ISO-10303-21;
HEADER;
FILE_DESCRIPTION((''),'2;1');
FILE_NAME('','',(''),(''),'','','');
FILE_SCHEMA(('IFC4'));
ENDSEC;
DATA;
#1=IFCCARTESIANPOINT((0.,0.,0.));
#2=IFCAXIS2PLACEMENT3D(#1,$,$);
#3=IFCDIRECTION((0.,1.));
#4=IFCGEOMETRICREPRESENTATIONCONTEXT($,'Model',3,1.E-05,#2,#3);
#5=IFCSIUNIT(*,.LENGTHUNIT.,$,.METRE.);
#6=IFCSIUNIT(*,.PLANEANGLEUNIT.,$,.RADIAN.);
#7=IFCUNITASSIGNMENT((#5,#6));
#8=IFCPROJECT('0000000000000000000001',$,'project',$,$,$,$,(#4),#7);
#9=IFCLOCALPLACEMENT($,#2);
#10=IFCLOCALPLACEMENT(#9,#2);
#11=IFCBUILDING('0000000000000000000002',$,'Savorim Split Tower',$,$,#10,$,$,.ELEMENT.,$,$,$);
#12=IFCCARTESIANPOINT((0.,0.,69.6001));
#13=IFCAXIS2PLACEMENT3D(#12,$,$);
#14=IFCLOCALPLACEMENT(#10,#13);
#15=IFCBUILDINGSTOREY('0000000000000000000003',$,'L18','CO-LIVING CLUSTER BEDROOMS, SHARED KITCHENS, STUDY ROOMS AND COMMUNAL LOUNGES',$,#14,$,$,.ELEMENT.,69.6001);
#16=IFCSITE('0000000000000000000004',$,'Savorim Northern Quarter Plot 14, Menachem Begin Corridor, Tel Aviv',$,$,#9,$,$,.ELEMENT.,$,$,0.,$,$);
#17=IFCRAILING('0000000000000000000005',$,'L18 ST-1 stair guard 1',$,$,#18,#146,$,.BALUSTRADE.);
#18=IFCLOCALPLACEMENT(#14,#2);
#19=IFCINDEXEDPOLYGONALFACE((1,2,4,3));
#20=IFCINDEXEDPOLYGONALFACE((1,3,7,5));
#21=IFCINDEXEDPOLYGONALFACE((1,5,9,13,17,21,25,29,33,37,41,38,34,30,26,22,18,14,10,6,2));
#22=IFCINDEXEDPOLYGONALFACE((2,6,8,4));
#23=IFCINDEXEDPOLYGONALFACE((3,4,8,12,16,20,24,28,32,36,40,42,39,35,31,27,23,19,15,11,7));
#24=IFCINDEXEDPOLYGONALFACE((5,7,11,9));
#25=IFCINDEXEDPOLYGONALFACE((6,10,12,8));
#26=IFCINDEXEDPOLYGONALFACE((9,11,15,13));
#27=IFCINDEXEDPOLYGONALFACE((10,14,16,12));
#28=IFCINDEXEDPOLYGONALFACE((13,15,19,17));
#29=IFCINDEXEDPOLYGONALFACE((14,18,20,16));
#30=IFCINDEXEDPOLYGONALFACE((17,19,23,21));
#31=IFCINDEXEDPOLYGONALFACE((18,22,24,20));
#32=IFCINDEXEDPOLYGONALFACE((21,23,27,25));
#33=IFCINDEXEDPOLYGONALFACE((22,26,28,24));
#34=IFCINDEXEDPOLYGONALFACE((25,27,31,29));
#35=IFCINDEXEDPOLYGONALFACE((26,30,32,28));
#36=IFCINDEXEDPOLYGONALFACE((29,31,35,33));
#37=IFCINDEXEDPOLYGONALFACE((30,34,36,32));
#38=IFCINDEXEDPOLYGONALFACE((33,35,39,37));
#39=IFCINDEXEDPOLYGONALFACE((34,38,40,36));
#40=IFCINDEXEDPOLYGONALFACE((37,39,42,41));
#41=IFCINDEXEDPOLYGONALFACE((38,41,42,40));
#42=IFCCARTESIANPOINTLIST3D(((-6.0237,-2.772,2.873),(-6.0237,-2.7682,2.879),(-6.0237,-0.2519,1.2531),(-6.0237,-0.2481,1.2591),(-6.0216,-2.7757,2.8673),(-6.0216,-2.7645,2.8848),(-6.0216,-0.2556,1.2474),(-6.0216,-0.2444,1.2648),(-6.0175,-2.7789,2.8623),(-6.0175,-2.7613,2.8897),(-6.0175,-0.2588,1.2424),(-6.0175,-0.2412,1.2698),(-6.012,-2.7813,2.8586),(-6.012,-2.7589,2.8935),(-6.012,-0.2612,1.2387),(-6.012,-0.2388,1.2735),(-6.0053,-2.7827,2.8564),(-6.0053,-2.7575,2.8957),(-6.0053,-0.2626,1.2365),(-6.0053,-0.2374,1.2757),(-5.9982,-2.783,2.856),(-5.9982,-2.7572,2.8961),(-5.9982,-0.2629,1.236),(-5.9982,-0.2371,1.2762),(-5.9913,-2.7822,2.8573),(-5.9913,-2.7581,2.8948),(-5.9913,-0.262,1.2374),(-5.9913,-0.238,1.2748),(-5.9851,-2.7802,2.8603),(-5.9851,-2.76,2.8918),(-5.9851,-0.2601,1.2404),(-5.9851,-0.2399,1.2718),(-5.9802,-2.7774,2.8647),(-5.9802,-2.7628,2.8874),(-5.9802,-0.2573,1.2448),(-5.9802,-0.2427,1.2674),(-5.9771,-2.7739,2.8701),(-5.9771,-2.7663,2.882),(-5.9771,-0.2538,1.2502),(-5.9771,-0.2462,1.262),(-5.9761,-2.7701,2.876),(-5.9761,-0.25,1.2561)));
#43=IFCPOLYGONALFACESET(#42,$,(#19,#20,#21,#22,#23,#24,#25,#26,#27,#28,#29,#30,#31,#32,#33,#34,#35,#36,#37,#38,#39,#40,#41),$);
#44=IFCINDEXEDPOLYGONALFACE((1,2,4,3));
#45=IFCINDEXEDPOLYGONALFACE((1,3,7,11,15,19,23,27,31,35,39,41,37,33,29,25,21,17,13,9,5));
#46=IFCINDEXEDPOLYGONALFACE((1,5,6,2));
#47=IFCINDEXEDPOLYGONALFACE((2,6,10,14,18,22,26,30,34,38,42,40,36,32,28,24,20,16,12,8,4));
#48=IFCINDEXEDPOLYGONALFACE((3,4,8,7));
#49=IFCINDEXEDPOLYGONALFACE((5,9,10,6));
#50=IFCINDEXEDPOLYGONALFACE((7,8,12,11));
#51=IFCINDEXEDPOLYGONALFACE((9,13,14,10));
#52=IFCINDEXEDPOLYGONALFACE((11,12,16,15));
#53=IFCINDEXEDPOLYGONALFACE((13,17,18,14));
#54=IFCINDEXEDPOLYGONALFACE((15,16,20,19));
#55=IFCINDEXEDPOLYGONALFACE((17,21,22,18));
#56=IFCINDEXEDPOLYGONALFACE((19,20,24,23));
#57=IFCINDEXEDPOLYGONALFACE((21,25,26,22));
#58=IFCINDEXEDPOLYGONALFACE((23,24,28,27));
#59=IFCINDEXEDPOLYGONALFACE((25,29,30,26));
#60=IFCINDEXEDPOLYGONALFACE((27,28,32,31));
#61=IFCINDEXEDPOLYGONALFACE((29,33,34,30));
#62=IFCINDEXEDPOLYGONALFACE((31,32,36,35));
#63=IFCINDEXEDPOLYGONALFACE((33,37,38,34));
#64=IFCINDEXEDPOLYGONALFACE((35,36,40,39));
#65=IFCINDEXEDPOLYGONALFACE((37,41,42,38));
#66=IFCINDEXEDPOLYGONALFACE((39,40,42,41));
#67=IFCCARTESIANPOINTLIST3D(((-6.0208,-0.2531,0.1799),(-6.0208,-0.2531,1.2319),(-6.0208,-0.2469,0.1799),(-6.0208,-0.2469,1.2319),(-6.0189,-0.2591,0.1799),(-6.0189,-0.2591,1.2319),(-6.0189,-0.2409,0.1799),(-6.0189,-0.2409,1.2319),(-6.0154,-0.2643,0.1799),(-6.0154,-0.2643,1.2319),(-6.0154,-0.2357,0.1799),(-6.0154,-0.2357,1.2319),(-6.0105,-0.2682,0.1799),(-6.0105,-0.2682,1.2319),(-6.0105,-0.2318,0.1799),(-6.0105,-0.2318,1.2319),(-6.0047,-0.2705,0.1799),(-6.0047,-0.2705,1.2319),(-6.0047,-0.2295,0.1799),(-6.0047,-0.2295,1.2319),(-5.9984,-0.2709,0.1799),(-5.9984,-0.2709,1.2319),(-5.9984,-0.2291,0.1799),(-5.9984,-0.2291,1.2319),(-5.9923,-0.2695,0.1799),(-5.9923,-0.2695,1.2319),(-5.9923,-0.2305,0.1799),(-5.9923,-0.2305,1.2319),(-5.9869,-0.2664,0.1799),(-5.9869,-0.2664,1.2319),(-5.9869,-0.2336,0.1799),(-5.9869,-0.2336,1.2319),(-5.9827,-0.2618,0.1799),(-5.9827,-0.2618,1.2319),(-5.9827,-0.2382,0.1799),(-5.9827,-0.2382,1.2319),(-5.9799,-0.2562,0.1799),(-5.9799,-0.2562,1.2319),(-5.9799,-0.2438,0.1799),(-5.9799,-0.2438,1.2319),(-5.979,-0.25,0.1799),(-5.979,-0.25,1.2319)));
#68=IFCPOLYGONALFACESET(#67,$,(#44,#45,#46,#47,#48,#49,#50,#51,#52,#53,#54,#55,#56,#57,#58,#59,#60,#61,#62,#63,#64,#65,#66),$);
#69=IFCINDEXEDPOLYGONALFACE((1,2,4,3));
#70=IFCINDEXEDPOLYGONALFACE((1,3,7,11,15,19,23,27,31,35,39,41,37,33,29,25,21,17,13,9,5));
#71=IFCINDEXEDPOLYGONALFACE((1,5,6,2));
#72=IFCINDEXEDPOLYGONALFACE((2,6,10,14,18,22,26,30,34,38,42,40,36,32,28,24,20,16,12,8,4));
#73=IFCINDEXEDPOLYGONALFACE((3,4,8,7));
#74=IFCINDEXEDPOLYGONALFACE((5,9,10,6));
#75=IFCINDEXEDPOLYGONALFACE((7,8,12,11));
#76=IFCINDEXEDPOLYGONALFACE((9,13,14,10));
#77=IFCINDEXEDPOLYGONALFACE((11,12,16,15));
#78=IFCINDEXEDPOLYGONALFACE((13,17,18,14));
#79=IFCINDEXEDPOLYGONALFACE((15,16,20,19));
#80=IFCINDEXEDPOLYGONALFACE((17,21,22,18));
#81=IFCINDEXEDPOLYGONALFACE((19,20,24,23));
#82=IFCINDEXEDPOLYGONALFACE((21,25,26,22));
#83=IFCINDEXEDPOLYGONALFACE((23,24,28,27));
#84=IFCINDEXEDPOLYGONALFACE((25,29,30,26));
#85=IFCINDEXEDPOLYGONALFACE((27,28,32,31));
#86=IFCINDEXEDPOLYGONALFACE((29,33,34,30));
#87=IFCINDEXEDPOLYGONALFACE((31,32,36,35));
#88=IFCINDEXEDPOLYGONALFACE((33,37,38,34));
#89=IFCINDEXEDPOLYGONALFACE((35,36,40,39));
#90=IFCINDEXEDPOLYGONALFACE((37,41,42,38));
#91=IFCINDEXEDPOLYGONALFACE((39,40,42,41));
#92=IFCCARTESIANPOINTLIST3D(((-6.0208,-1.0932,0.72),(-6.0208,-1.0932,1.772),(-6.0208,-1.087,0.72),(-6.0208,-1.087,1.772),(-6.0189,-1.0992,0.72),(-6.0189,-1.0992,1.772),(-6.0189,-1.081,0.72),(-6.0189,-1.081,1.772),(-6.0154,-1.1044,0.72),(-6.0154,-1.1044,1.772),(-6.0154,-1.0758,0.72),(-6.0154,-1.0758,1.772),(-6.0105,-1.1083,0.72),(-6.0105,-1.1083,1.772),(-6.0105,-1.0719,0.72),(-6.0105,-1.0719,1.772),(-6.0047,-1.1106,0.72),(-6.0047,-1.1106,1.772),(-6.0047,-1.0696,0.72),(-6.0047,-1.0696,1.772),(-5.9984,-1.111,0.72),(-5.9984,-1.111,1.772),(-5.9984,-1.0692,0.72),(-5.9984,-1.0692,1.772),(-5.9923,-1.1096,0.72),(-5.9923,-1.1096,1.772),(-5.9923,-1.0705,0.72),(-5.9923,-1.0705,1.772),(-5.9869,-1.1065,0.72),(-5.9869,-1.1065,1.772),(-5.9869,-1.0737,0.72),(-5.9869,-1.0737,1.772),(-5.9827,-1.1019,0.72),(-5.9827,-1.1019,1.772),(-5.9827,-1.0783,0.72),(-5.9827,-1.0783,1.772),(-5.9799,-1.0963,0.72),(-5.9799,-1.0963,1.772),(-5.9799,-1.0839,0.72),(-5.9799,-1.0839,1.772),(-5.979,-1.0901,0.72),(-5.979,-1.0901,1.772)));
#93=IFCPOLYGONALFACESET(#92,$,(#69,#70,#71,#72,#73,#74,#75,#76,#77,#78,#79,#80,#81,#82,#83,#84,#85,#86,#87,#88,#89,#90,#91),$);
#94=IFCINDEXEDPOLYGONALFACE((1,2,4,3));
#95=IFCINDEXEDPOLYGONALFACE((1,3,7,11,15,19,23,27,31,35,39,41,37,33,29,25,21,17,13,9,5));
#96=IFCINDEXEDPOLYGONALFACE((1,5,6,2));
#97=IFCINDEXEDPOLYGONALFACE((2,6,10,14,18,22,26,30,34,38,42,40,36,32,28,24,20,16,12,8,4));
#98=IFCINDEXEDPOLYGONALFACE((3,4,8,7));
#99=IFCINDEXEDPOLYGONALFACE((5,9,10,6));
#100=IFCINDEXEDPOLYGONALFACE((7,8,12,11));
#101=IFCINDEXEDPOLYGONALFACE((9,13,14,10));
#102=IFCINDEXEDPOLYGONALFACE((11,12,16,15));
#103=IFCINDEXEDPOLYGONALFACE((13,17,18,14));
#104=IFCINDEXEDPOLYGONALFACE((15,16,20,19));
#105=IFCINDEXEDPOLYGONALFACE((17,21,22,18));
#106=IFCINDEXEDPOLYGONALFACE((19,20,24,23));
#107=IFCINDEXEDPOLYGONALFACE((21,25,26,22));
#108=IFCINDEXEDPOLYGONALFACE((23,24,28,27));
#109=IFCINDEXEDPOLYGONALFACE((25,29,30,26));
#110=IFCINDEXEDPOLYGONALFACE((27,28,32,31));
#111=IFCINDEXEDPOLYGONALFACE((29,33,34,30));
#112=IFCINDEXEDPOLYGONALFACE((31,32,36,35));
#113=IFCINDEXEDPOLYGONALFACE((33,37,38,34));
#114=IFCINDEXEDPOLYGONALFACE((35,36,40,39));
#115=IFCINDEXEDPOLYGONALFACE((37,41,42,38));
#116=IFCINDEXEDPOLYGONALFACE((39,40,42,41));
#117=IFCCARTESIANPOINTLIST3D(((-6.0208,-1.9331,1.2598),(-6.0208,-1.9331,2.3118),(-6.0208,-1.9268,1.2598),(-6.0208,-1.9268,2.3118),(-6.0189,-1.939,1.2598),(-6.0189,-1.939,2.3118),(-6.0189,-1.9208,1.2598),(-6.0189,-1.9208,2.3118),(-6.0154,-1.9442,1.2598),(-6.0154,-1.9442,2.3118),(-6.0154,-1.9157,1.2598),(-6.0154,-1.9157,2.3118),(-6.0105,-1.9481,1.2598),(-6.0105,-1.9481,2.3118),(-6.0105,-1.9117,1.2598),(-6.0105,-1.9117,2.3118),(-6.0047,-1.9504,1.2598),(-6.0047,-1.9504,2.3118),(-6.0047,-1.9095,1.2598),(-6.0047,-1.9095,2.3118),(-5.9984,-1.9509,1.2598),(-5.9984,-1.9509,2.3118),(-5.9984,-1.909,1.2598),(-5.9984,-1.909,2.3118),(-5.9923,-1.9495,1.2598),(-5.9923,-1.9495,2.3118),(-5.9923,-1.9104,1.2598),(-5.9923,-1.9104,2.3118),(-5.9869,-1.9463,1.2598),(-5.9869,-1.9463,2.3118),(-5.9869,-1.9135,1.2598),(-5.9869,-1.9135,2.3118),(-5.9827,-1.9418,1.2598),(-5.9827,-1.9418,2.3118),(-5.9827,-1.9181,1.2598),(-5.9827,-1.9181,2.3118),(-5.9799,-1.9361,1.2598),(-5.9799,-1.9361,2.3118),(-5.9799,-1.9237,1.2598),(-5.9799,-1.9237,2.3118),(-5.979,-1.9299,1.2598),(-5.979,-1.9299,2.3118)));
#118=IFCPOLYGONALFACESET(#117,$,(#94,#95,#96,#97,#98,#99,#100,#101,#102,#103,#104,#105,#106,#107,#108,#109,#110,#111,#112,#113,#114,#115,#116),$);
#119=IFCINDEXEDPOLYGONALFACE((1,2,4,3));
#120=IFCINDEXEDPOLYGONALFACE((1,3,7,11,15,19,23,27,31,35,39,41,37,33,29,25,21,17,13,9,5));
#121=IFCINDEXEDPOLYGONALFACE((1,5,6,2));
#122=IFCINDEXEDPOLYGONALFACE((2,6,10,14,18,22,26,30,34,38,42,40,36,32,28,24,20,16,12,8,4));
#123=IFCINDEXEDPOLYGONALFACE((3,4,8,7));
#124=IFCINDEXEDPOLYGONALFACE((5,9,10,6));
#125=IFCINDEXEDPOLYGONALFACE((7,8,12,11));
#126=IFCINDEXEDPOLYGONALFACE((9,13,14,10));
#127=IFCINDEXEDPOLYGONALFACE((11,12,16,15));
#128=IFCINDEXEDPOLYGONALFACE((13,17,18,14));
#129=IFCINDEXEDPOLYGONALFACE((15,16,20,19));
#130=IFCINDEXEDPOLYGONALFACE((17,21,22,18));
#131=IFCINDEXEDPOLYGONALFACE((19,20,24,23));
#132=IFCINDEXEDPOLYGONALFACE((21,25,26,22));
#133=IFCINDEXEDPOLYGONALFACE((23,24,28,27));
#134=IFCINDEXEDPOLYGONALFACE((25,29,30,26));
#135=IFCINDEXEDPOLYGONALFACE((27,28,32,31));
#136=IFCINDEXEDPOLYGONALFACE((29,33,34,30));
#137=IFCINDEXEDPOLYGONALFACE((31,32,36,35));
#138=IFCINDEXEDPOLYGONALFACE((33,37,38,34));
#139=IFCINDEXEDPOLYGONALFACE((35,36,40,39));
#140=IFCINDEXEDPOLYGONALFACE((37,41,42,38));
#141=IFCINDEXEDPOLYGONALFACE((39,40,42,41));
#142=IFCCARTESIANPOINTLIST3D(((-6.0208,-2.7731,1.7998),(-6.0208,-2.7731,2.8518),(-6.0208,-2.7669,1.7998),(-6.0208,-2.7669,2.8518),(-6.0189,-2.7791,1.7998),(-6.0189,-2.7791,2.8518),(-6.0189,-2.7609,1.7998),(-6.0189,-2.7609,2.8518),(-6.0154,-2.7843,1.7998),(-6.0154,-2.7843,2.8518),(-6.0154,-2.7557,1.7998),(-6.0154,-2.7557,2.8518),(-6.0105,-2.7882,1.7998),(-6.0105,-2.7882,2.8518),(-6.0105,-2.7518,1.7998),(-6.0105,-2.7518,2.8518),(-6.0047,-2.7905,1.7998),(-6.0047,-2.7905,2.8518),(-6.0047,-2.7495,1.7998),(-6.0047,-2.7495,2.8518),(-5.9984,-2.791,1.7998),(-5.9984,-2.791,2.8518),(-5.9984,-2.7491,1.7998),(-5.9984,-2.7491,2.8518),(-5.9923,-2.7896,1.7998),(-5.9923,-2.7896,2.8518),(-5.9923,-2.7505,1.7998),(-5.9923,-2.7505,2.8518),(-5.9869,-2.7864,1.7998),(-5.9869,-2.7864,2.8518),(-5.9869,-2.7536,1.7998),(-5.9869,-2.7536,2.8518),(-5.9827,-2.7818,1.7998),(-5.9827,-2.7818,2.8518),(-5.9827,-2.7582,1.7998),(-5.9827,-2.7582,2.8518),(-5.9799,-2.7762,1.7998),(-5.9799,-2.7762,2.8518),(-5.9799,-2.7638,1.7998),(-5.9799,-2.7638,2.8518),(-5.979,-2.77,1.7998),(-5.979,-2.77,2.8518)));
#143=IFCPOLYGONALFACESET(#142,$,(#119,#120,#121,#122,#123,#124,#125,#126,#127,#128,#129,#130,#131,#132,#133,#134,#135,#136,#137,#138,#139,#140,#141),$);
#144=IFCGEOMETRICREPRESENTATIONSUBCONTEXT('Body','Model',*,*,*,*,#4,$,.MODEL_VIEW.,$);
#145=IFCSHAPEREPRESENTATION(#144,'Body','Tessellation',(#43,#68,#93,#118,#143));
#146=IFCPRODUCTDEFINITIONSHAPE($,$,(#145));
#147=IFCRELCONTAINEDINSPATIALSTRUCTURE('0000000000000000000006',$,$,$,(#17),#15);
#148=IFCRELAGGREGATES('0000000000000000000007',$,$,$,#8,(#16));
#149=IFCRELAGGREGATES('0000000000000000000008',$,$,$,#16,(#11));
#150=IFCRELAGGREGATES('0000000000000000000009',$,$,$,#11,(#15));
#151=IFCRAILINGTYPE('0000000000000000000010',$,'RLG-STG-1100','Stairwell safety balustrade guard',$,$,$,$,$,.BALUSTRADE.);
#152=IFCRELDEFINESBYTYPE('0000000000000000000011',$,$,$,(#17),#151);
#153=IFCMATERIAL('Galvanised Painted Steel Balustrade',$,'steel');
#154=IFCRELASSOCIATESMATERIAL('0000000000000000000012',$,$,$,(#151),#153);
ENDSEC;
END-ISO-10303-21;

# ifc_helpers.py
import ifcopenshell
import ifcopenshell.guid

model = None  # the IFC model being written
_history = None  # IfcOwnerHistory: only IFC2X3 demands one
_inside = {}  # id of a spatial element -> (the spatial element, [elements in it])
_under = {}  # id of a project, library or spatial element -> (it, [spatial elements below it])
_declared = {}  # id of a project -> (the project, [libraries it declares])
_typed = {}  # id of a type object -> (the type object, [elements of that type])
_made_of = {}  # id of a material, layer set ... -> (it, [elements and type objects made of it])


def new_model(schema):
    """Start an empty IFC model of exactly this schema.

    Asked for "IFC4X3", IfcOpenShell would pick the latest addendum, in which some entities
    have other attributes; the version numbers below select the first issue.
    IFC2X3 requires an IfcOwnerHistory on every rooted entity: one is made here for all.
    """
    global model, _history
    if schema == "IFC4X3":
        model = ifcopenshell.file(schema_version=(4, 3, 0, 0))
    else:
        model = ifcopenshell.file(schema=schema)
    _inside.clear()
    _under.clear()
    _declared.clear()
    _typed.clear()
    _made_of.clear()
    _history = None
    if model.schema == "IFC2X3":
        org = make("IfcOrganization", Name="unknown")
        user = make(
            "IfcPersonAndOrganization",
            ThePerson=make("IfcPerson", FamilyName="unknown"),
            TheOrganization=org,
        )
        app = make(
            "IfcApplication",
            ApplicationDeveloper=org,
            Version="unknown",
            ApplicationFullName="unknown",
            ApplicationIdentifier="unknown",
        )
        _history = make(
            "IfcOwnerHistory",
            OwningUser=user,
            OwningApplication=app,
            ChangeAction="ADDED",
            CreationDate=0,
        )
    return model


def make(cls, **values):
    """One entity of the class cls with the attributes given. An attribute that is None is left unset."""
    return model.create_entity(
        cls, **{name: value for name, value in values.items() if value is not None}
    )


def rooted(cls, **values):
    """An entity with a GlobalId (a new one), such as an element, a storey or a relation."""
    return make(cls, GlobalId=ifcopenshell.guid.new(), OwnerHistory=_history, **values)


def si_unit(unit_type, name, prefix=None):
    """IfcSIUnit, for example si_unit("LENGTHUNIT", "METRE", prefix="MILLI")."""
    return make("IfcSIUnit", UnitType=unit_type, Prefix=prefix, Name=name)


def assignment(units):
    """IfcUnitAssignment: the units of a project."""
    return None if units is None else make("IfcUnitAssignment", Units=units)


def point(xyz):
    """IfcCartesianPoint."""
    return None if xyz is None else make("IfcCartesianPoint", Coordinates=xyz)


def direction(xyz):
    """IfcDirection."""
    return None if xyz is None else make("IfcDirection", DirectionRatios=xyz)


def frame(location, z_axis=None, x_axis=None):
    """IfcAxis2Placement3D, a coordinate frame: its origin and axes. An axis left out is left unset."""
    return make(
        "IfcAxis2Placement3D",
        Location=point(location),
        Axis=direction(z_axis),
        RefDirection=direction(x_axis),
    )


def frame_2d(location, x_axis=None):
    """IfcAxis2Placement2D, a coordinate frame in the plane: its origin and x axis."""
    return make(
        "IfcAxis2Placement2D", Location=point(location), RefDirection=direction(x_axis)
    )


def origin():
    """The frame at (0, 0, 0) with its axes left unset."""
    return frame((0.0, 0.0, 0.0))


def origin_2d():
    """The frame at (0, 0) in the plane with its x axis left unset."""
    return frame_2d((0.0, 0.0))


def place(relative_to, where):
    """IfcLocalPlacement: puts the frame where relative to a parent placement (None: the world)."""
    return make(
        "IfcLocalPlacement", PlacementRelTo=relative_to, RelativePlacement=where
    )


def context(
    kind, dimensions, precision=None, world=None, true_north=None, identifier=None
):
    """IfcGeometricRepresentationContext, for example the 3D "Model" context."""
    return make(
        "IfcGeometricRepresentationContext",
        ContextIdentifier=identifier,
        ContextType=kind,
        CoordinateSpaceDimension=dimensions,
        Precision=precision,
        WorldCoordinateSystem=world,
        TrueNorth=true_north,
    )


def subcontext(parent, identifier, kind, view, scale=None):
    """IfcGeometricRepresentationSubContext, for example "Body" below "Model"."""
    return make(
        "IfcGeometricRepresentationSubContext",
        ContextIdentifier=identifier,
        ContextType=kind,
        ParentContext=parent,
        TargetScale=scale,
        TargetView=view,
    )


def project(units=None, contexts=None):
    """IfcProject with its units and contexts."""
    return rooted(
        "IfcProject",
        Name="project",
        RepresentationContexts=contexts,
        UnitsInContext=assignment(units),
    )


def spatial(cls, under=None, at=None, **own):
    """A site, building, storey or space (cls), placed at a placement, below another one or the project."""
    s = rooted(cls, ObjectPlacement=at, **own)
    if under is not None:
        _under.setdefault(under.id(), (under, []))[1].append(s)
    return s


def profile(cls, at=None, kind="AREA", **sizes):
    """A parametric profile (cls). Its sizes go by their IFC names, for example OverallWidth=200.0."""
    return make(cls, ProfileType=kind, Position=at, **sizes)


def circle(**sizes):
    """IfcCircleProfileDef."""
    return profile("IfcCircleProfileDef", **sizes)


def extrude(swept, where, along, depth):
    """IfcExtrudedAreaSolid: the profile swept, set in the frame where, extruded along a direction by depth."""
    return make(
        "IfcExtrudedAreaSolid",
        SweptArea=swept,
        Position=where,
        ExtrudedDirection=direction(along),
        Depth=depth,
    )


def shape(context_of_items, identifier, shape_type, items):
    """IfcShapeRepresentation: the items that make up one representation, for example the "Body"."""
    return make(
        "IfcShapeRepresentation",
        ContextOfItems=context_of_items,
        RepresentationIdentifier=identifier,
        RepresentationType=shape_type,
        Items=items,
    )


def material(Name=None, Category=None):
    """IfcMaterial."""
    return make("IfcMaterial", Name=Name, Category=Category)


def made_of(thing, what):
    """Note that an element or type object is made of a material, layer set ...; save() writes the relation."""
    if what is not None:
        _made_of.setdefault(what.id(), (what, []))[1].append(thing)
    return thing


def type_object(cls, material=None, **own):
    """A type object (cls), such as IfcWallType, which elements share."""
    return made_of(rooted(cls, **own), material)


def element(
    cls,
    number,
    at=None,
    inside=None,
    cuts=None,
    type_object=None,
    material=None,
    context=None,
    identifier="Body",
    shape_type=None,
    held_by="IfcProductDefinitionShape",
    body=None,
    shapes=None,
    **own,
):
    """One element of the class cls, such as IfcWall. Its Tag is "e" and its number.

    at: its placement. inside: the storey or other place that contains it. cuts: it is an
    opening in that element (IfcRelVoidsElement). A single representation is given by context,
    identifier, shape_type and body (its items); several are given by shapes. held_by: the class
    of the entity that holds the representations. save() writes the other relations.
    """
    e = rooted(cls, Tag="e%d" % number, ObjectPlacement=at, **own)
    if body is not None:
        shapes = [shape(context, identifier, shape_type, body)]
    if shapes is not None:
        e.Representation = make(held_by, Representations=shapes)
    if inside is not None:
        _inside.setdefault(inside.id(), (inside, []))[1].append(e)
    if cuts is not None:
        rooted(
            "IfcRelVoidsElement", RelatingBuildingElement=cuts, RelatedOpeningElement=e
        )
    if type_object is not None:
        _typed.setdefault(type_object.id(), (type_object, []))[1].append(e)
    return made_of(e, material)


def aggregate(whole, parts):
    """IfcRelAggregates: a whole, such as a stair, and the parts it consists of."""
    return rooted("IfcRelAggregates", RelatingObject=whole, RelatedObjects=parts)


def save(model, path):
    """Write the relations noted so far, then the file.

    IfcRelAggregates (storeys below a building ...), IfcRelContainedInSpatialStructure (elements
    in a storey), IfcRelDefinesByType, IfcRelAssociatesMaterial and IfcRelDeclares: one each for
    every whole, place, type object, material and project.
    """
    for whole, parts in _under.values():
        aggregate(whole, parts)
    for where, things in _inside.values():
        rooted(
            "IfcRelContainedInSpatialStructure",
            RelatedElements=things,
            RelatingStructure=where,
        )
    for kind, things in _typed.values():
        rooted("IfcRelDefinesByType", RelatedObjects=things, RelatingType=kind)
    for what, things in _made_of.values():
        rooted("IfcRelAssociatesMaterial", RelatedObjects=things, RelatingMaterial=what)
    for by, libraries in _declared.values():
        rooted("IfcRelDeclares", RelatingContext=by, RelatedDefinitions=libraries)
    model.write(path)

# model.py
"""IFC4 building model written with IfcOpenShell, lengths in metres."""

from ifc_helpers import new_model, si_unit, direction, frame, origin, origin_2d, place, context, subcontext, project, spatial, circle, extrude, material, type_object, element, save


model = new_model("IFC4")

# Units and contexts
model_context = context("Model", 3, precision=1e-05, world=origin(), true_north=direction((0.0, 1.0)))
body_context = subcontext(model_context, "Body", "Model", "MODEL_VIEW")
ifc_project = project(units=[si_unit("LENGTHUNIT", "METRE"), si_unit("PLANEANGLEUNIT", "RADIAN")], contexts=[model_context])

# Site, building, storey
site_placement = place(None, origin())
site = spatial("IfcSite", under=ifc_project, at=site_placement, Name="Savorim Northern Quarter Plot 14, Menachem Begin Corridor, Tel Aviv", CompositionType="ELEMENT", RefElevation=0.0)
building_placement = place(site_placement, origin())
building = spatial("IfcBuilding", under=site, at=building_placement, Name="Savorim Split Tower", CompositionType="ELEMENT")
storey_placement = place(building_placement, frame((0.0, 0.0, 69.6001)))
storey = spatial("IfcBuildingStorey", under=building, at=storey_placement, Name="L18", Description="CO-LIVING CLUSTER BEDROOMS, SHARED KITCHENS, STUDY ROOMS AND COMMUNAL LOUNGES", CompositionType="ELEMENT", Elevation=69.6001)

# Railing
ifc_material_1 = material(Name="Galvanised Painted Steel Balustrade", Category="steel")
railing_type_1 = type_object("IfcRailingType", Name="RLG-STG-1100", Description="Stairwell safety balustrade guard", PredefinedType="BALUSTRADE", material=ifc_material_1)
railing_1_placement = place(storey_placement, frame((-6.0, -0.25, 0.1799)))
element("IfcRailing", 1, at=railing_1_placement, inside=storey, type_object=railing_type_1, Name="L18 ST-1 stair guard 1", PredefinedType="BALUSTRADE", context=body_context, shape_type="SweptSolid", body=[
    extrude(circle(Radius=0.0239, at=origin_2d()), frame((0.0, 0.0, 1.0762), z_axis=(0.0, -0.8412, 0.540725), x_axis=(1.0, 0.0, 0.0)), (0.0, 0.0, 1.0), 2.9958),
    extrude(circle(Radius=0.021, at=origin_2d()), origin(), (0.0, 0.0, 1.0), 1.052),
    extrude(circle(Radius=0.021, at=origin_2d()), frame((0.0, -0.8401, 0.54)), (0.0, 0.0, 1.0), 1.052),
    extrude(circle(Radius=0.021, at=origin_2d()), frame((0.0, -1.6799, 1.0798)), (0.0, 0.0, 1.0), 1.052),
    extrude(circle(Radius=0.021, at=origin_2d()), frame((0.0, -2.52, 1.6199)), (0.0, 0.0, 1.0), 1.052),
])

save(model, "model.ifc")
